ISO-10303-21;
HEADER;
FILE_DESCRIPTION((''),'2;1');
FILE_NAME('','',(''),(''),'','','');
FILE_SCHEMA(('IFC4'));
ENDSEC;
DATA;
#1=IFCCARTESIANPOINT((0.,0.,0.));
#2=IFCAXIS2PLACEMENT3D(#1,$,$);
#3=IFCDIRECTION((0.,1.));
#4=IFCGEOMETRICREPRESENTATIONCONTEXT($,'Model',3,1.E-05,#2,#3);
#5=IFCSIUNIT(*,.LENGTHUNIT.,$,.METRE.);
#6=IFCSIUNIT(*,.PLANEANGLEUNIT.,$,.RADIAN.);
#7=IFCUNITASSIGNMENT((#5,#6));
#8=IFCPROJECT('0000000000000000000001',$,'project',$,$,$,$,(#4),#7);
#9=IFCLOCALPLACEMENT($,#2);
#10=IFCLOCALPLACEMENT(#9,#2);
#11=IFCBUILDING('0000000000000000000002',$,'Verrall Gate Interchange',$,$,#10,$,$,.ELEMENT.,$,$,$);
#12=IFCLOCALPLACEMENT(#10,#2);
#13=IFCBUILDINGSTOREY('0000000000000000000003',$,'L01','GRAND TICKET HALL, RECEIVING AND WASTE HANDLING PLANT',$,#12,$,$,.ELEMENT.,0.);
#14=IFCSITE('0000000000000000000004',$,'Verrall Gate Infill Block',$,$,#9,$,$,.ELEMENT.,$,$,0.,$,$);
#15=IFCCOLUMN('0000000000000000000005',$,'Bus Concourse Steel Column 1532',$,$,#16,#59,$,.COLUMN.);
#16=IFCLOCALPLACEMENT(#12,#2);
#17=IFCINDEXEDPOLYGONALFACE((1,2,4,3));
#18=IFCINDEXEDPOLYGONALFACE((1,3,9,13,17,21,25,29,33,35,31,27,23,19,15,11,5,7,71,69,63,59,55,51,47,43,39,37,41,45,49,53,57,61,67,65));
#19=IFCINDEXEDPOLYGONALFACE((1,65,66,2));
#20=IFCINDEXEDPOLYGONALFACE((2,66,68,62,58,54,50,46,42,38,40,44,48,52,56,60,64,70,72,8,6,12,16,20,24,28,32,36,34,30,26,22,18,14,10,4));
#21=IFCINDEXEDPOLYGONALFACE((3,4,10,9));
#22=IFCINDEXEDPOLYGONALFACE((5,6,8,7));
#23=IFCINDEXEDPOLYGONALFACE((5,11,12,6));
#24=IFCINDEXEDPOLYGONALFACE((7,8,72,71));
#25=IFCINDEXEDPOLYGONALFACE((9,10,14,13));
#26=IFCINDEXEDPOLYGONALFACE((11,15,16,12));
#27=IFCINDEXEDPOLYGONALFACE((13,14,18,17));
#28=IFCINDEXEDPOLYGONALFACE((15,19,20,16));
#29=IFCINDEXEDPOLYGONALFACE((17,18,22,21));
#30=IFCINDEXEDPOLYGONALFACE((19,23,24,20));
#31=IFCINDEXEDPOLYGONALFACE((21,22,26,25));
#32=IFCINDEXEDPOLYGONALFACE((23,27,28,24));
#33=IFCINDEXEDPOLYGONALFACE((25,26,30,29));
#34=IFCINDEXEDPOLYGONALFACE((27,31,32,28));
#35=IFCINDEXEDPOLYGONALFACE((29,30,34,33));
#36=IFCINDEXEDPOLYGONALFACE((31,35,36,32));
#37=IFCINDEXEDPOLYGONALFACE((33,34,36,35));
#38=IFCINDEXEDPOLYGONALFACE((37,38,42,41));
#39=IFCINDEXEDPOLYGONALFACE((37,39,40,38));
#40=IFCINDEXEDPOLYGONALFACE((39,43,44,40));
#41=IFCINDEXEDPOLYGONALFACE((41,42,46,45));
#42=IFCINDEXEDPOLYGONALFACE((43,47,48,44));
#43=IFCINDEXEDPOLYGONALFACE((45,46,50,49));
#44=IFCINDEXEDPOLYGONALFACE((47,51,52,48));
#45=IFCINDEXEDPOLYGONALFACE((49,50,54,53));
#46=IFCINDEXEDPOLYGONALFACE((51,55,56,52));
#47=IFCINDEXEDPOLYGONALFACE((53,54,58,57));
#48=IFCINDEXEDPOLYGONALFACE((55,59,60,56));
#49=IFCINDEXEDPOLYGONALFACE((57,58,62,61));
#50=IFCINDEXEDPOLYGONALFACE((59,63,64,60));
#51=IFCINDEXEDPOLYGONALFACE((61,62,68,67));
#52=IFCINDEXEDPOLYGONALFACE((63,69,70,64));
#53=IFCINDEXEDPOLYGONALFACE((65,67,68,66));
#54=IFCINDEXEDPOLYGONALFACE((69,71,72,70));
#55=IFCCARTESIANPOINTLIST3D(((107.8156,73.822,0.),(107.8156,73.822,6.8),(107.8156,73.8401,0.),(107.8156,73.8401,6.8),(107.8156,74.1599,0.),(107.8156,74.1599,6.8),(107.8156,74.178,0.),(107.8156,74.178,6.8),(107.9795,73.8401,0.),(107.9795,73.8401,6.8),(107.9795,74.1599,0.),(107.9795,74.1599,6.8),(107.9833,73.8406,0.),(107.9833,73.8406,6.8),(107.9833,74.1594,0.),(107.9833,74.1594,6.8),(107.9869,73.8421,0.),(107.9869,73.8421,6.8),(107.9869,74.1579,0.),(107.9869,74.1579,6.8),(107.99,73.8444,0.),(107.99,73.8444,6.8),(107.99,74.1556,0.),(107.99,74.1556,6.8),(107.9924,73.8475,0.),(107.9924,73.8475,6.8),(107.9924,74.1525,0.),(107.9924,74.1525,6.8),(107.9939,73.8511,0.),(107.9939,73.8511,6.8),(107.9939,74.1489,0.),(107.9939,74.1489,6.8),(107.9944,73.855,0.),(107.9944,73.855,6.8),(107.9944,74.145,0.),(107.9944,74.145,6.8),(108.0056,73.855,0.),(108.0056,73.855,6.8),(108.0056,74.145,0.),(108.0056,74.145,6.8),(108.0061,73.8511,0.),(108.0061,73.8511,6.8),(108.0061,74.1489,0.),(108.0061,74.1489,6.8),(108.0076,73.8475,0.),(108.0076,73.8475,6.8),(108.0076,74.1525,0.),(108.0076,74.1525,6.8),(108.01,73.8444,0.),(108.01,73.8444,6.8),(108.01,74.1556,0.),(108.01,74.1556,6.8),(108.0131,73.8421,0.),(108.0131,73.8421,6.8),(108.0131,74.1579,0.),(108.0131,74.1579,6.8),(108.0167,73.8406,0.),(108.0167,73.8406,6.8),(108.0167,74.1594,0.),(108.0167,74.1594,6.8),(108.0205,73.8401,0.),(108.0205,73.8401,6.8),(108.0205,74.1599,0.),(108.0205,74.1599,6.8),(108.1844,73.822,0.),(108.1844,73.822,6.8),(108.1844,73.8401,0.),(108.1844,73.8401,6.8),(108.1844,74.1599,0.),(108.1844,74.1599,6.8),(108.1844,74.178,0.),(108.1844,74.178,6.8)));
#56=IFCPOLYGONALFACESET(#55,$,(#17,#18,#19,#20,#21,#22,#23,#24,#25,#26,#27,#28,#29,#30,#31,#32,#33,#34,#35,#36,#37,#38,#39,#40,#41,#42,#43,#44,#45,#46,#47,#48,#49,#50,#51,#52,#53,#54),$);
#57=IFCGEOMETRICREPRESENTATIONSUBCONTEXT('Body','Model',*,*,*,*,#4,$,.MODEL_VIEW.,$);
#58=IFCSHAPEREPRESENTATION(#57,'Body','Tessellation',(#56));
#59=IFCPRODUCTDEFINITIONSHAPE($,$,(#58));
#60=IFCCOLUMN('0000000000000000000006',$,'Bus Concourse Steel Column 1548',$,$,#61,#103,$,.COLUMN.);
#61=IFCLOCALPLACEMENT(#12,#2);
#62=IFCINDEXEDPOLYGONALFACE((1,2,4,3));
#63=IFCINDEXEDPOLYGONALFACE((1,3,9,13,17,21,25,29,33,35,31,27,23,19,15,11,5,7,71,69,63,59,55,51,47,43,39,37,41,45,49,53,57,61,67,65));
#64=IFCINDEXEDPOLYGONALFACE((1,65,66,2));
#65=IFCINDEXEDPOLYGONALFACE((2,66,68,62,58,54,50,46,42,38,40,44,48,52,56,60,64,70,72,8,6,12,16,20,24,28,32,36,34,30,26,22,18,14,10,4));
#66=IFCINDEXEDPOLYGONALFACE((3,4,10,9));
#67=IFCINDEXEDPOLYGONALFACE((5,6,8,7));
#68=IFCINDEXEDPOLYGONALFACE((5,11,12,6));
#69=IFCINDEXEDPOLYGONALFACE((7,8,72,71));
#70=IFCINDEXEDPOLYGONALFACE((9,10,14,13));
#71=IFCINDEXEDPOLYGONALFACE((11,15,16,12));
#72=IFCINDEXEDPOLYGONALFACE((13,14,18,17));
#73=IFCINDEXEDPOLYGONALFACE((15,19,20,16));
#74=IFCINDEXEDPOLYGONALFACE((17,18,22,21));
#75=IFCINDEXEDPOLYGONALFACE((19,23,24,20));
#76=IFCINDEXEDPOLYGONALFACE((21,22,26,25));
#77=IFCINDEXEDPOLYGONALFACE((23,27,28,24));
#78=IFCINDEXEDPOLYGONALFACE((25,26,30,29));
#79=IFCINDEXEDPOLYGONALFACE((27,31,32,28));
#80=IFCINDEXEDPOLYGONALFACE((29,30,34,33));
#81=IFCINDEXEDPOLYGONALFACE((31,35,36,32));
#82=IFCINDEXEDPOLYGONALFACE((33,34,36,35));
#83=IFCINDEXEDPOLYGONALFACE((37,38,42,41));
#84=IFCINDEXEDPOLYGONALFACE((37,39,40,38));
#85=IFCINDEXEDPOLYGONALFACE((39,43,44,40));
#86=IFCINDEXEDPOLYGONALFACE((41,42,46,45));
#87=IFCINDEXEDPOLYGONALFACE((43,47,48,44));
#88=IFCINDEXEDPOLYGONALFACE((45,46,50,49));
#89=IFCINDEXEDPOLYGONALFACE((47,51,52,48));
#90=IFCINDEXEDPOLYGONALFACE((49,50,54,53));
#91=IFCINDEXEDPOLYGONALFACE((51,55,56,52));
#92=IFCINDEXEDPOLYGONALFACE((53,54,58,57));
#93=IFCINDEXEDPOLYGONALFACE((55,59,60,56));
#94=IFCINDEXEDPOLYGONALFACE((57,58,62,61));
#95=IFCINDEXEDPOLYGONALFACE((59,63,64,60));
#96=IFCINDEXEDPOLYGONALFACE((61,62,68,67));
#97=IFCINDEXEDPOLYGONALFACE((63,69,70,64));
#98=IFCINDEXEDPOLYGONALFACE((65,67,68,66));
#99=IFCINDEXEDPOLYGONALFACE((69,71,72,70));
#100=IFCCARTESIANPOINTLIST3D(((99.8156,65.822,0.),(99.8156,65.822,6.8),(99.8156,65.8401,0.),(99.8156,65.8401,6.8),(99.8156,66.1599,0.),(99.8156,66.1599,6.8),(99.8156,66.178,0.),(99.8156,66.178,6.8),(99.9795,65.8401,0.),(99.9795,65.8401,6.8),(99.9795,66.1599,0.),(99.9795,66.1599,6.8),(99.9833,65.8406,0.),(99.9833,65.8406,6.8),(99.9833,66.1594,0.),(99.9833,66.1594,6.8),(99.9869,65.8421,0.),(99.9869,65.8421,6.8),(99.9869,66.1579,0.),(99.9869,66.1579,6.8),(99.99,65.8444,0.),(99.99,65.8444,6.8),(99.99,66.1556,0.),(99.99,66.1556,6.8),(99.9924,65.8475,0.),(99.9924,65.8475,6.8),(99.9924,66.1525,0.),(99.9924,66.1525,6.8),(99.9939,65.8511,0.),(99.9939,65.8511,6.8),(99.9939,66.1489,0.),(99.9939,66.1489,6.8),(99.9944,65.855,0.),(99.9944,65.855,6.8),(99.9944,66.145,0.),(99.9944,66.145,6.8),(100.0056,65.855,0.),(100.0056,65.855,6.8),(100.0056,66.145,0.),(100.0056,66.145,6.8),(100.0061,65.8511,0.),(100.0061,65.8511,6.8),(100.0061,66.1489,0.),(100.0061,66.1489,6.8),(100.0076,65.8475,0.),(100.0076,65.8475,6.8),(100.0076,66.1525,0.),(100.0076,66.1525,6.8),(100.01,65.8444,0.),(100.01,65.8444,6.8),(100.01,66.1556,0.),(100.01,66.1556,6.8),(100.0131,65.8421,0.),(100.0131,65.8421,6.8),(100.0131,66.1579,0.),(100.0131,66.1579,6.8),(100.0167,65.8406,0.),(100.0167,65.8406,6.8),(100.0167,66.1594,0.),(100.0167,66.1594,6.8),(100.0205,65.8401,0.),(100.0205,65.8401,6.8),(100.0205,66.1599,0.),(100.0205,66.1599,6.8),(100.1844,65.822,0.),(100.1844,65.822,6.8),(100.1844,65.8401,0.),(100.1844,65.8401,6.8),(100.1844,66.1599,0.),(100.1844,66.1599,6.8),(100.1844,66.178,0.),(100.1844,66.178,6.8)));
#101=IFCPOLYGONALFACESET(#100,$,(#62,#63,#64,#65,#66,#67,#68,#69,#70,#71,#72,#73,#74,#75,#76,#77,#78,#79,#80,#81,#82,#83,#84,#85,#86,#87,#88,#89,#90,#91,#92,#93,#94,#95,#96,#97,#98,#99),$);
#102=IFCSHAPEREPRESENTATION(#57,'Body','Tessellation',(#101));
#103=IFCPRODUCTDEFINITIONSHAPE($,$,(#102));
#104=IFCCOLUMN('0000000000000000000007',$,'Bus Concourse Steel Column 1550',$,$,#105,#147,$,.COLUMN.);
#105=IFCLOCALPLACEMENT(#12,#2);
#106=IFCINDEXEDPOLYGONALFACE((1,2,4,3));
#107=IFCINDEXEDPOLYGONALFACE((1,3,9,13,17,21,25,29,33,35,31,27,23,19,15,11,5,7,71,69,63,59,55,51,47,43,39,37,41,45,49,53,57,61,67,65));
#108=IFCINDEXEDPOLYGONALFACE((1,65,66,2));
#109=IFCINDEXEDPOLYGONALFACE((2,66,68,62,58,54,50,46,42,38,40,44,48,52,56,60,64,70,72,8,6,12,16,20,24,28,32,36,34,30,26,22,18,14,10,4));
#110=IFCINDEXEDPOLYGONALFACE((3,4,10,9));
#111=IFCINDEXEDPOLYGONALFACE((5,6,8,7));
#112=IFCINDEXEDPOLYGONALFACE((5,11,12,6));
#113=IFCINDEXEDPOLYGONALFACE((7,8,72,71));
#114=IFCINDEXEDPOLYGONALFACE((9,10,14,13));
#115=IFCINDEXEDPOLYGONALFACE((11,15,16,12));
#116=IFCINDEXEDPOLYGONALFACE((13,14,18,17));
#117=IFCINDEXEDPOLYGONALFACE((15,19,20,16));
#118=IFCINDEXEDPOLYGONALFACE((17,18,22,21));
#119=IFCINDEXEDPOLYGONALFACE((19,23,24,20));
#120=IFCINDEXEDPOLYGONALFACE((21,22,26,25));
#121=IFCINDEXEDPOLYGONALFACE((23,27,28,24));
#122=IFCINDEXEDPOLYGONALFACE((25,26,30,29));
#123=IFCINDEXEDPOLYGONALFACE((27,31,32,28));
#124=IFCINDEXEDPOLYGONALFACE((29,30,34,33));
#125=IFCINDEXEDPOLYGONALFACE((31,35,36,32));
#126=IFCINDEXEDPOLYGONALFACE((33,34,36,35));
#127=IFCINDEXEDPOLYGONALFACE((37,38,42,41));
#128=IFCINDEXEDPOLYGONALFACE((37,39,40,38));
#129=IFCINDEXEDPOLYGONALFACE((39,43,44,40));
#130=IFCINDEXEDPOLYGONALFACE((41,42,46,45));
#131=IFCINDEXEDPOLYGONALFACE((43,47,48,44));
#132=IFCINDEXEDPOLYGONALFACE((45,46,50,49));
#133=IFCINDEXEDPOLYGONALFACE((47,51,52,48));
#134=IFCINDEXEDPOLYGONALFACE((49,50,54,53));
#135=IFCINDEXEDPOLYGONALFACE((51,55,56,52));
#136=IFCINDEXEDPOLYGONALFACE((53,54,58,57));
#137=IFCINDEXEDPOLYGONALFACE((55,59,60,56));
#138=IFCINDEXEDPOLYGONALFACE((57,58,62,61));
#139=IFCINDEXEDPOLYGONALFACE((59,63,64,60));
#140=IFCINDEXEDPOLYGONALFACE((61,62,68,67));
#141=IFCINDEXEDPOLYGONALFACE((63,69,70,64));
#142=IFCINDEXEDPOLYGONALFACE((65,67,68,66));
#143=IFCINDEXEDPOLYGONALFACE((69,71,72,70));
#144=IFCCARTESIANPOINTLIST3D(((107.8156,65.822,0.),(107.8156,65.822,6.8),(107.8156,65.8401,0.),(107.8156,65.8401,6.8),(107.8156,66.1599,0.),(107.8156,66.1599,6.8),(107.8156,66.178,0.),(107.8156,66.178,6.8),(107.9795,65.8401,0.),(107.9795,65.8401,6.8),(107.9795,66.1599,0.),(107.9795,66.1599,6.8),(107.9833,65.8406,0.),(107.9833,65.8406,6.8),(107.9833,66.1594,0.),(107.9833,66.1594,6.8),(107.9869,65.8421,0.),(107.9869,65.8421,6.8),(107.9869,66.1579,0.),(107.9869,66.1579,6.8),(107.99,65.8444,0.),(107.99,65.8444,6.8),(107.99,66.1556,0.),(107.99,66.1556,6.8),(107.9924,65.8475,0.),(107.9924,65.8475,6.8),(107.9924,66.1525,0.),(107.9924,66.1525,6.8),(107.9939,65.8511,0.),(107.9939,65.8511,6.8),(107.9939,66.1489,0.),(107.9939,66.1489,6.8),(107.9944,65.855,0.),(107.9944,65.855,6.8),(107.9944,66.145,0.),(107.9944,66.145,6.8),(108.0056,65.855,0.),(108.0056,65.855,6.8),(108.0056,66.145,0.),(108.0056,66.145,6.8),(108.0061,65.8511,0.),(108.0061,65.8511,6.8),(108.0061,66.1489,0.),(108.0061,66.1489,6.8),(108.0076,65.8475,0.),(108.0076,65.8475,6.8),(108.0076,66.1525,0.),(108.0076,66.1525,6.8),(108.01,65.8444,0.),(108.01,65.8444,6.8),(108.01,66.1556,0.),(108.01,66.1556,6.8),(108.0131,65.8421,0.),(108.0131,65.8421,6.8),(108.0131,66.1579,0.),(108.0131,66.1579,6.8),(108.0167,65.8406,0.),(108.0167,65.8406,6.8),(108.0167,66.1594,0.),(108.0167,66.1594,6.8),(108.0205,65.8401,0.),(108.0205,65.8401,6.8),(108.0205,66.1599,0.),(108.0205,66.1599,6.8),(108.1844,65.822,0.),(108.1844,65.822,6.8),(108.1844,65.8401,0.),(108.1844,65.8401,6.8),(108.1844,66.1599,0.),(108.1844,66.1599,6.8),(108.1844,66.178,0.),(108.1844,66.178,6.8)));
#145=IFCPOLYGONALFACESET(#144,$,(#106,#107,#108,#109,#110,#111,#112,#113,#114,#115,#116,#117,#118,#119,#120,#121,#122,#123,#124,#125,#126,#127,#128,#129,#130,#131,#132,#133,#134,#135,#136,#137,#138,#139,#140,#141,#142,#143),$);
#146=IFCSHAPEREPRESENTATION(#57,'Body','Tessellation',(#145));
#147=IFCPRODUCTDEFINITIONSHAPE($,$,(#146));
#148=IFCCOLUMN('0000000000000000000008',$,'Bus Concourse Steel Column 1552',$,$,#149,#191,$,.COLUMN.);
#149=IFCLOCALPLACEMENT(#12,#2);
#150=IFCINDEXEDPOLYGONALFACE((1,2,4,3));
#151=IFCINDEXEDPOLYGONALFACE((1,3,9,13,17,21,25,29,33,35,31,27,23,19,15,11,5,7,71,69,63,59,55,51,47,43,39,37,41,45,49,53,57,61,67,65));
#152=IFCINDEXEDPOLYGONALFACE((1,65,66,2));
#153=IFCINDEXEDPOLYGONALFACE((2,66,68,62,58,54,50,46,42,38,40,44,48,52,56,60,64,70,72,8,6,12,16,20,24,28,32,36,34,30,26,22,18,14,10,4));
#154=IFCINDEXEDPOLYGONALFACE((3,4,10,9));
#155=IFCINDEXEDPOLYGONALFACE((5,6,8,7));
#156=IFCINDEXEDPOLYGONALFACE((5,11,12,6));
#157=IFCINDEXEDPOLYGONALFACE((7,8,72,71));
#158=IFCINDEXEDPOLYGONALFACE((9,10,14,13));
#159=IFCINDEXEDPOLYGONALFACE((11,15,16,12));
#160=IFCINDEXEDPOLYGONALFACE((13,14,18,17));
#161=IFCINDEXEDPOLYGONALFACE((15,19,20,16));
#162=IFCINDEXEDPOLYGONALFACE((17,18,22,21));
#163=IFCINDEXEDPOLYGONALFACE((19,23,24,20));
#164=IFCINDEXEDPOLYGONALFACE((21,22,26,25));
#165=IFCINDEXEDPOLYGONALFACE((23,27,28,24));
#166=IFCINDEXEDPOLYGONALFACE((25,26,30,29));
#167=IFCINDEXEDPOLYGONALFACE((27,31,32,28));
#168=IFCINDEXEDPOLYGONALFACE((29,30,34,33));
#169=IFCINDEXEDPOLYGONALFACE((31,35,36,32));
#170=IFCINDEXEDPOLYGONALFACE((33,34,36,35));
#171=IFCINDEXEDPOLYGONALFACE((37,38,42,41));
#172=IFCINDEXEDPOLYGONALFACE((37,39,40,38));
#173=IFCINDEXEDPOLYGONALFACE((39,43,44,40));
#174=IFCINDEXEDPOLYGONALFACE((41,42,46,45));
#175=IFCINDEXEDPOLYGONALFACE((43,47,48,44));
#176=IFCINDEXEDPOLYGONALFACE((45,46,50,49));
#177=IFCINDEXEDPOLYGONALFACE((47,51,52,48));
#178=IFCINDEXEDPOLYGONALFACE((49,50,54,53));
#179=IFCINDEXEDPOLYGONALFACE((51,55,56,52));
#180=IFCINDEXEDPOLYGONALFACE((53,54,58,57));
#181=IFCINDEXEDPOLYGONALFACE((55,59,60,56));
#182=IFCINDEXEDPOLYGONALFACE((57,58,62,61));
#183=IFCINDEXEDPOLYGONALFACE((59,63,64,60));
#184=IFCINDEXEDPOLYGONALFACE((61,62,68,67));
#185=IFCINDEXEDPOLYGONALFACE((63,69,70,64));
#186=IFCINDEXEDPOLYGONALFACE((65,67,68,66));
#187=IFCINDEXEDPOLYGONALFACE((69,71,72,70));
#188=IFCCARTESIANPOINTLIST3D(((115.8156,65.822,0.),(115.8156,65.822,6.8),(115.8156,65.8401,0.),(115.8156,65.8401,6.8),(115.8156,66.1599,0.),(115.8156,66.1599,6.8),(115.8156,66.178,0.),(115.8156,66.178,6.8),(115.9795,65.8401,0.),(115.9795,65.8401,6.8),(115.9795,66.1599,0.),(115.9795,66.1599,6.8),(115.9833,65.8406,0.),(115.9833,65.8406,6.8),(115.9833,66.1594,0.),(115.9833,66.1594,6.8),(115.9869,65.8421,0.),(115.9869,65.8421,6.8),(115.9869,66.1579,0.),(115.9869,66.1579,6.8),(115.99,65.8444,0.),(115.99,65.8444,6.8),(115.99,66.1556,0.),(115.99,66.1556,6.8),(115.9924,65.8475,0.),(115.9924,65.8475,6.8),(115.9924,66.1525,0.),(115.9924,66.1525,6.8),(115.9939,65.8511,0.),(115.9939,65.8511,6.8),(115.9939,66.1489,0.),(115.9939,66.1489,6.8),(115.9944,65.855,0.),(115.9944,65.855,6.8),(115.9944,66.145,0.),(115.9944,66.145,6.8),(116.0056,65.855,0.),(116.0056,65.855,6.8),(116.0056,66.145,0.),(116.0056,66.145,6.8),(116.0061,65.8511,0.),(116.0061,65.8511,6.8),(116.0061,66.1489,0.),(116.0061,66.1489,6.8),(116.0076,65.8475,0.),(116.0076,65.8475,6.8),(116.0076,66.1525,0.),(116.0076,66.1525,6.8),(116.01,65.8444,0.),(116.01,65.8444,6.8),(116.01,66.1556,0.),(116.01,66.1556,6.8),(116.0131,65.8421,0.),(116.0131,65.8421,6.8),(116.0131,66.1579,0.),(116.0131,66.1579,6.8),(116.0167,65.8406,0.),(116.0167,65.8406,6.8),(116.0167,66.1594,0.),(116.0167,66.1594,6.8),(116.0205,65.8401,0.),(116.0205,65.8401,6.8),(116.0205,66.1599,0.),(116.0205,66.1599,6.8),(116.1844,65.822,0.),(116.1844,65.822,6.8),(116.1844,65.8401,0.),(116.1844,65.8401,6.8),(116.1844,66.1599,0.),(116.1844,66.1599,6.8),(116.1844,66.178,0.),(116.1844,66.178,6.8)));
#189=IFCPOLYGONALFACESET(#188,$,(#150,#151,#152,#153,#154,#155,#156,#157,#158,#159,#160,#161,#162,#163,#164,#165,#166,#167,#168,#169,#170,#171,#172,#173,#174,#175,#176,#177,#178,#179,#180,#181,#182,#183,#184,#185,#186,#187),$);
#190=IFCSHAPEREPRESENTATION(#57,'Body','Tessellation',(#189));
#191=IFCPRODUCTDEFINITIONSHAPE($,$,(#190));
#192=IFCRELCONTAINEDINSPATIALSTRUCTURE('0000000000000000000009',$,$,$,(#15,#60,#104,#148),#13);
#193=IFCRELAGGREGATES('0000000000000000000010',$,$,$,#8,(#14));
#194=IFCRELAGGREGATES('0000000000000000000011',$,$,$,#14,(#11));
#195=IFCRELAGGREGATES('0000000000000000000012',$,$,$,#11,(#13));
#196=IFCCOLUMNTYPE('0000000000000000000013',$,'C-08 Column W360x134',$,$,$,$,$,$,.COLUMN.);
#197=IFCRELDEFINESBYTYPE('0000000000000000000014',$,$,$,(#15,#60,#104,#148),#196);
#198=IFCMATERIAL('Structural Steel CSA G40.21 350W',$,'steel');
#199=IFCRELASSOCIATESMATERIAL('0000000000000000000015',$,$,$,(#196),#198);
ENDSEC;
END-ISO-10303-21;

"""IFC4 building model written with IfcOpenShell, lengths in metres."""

from ifc_helpers import new_model, si_unit, direction, frame, origin, origin_2d, place, context, subcontext, project, spatial, i_section, extrude, material, material_profile, profile_set, type_object, element, save


model = new_model("IFC4")

# Units and contexts
model_context = context("Model", 3, precision=1e-05, world=origin(), true_north=direction((0.0, 1.0)))
body_context = subcontext(model_context, "Body", "Model", "MODEL_VIEW")
ifc_project = project(units=[si_unit("LENGTHUNIT", "METRE"), si_unit("PLANEANGLEUNIT", "RADIAN")], contexts=[model_context])

# Site, building, storey
site_placement = place(None, origin())
site = spatial("IfcSite", under=ifc_project, at=site_placement, Name="Verrall Gate Infill Block", CompositionType="ELEMENT", RefElevation=0.0)
building_placement = place(site_placement, origin())
building = spatial("IfcBuilding", under=site, at=building_placement, Name="Verrall Gate Interchange", CompositionType="ELEMENT")
storey_placement = place(building_placement, origin())
storey = spatial("IfcBuildingStorey", under=building, at=storey_placement, Name="L01", Description="GRAND TICKET HALL, RECEIVING AND WASTE HANDLING PLANT", CompositionType="ELEMENT", Elevation=0.0)

# Columns
ifc_material_1 = material(Name="Structural Steel CSA G40.21 350W", Category="steel")
ifc_material_profile_1 = material_profile(ifc_material_1, i_section(OverallWidth=0.3689, OverallDepth=0.356, WebThickness=0.0112, FlangeThickness=0.0181, FilletRadius=0.0149, at=origin_2d()), Name="W360x134")
ifc_profile_set_1 = profile_set([ifc_material_profile_1], Name="Structural Steel CSA G40.21 350W")
column_type = type_object("IfcColumnType", Name="C-08 Column W360x134", PredefinedType="COLUMN", material=ifc_profile_set_1)
for number, where, z_axis, x_axis, name in (
    (1, (108.0, 74.0, 0.0), (0.0, 0.0, 1.0), (1.0, 0.0, 0.0), "Bus Concourse Steel Column 1532"),
    (2, (100.0, 66.0, 0.0), (0.0, 0.0, 1.0), (1.0, 0.0, 0.0), "Bus Concourse Steel Column 1548"),
    (3, (108.0, 66.0, 0.0), (0.0, 0.0, 1.0), (1.0, 0.0, 0.0), "Bus Concourse Steel Column 1550"),
    (4, (116.0, 66.0, 0.0), (0.0, 0.0, 1.0), (1.0, 0.0, 0.0), "Bus Concourse Steel Column 1552"),
):
    element("IfcColumn", number, at=place(storey_placement, frame(where, z_axis=z_axis, x_axis=x_axis)), inside=storey, type_object=column_type, Name=name, PredefinedType="COLUMN", context=body_context, shape_type="SweptSolid", body=[
        extrude(i_section(OverallWidth=0.3689, OverallDepth=0.356, WebThickness=0.0112, FlangeThickness=0.0181, FilletRadius=0.0149, at=origin_2d()), origin(), (0.0, 0.0, 1.0), 6.8),
    ])

save(model, "model.ifc")
